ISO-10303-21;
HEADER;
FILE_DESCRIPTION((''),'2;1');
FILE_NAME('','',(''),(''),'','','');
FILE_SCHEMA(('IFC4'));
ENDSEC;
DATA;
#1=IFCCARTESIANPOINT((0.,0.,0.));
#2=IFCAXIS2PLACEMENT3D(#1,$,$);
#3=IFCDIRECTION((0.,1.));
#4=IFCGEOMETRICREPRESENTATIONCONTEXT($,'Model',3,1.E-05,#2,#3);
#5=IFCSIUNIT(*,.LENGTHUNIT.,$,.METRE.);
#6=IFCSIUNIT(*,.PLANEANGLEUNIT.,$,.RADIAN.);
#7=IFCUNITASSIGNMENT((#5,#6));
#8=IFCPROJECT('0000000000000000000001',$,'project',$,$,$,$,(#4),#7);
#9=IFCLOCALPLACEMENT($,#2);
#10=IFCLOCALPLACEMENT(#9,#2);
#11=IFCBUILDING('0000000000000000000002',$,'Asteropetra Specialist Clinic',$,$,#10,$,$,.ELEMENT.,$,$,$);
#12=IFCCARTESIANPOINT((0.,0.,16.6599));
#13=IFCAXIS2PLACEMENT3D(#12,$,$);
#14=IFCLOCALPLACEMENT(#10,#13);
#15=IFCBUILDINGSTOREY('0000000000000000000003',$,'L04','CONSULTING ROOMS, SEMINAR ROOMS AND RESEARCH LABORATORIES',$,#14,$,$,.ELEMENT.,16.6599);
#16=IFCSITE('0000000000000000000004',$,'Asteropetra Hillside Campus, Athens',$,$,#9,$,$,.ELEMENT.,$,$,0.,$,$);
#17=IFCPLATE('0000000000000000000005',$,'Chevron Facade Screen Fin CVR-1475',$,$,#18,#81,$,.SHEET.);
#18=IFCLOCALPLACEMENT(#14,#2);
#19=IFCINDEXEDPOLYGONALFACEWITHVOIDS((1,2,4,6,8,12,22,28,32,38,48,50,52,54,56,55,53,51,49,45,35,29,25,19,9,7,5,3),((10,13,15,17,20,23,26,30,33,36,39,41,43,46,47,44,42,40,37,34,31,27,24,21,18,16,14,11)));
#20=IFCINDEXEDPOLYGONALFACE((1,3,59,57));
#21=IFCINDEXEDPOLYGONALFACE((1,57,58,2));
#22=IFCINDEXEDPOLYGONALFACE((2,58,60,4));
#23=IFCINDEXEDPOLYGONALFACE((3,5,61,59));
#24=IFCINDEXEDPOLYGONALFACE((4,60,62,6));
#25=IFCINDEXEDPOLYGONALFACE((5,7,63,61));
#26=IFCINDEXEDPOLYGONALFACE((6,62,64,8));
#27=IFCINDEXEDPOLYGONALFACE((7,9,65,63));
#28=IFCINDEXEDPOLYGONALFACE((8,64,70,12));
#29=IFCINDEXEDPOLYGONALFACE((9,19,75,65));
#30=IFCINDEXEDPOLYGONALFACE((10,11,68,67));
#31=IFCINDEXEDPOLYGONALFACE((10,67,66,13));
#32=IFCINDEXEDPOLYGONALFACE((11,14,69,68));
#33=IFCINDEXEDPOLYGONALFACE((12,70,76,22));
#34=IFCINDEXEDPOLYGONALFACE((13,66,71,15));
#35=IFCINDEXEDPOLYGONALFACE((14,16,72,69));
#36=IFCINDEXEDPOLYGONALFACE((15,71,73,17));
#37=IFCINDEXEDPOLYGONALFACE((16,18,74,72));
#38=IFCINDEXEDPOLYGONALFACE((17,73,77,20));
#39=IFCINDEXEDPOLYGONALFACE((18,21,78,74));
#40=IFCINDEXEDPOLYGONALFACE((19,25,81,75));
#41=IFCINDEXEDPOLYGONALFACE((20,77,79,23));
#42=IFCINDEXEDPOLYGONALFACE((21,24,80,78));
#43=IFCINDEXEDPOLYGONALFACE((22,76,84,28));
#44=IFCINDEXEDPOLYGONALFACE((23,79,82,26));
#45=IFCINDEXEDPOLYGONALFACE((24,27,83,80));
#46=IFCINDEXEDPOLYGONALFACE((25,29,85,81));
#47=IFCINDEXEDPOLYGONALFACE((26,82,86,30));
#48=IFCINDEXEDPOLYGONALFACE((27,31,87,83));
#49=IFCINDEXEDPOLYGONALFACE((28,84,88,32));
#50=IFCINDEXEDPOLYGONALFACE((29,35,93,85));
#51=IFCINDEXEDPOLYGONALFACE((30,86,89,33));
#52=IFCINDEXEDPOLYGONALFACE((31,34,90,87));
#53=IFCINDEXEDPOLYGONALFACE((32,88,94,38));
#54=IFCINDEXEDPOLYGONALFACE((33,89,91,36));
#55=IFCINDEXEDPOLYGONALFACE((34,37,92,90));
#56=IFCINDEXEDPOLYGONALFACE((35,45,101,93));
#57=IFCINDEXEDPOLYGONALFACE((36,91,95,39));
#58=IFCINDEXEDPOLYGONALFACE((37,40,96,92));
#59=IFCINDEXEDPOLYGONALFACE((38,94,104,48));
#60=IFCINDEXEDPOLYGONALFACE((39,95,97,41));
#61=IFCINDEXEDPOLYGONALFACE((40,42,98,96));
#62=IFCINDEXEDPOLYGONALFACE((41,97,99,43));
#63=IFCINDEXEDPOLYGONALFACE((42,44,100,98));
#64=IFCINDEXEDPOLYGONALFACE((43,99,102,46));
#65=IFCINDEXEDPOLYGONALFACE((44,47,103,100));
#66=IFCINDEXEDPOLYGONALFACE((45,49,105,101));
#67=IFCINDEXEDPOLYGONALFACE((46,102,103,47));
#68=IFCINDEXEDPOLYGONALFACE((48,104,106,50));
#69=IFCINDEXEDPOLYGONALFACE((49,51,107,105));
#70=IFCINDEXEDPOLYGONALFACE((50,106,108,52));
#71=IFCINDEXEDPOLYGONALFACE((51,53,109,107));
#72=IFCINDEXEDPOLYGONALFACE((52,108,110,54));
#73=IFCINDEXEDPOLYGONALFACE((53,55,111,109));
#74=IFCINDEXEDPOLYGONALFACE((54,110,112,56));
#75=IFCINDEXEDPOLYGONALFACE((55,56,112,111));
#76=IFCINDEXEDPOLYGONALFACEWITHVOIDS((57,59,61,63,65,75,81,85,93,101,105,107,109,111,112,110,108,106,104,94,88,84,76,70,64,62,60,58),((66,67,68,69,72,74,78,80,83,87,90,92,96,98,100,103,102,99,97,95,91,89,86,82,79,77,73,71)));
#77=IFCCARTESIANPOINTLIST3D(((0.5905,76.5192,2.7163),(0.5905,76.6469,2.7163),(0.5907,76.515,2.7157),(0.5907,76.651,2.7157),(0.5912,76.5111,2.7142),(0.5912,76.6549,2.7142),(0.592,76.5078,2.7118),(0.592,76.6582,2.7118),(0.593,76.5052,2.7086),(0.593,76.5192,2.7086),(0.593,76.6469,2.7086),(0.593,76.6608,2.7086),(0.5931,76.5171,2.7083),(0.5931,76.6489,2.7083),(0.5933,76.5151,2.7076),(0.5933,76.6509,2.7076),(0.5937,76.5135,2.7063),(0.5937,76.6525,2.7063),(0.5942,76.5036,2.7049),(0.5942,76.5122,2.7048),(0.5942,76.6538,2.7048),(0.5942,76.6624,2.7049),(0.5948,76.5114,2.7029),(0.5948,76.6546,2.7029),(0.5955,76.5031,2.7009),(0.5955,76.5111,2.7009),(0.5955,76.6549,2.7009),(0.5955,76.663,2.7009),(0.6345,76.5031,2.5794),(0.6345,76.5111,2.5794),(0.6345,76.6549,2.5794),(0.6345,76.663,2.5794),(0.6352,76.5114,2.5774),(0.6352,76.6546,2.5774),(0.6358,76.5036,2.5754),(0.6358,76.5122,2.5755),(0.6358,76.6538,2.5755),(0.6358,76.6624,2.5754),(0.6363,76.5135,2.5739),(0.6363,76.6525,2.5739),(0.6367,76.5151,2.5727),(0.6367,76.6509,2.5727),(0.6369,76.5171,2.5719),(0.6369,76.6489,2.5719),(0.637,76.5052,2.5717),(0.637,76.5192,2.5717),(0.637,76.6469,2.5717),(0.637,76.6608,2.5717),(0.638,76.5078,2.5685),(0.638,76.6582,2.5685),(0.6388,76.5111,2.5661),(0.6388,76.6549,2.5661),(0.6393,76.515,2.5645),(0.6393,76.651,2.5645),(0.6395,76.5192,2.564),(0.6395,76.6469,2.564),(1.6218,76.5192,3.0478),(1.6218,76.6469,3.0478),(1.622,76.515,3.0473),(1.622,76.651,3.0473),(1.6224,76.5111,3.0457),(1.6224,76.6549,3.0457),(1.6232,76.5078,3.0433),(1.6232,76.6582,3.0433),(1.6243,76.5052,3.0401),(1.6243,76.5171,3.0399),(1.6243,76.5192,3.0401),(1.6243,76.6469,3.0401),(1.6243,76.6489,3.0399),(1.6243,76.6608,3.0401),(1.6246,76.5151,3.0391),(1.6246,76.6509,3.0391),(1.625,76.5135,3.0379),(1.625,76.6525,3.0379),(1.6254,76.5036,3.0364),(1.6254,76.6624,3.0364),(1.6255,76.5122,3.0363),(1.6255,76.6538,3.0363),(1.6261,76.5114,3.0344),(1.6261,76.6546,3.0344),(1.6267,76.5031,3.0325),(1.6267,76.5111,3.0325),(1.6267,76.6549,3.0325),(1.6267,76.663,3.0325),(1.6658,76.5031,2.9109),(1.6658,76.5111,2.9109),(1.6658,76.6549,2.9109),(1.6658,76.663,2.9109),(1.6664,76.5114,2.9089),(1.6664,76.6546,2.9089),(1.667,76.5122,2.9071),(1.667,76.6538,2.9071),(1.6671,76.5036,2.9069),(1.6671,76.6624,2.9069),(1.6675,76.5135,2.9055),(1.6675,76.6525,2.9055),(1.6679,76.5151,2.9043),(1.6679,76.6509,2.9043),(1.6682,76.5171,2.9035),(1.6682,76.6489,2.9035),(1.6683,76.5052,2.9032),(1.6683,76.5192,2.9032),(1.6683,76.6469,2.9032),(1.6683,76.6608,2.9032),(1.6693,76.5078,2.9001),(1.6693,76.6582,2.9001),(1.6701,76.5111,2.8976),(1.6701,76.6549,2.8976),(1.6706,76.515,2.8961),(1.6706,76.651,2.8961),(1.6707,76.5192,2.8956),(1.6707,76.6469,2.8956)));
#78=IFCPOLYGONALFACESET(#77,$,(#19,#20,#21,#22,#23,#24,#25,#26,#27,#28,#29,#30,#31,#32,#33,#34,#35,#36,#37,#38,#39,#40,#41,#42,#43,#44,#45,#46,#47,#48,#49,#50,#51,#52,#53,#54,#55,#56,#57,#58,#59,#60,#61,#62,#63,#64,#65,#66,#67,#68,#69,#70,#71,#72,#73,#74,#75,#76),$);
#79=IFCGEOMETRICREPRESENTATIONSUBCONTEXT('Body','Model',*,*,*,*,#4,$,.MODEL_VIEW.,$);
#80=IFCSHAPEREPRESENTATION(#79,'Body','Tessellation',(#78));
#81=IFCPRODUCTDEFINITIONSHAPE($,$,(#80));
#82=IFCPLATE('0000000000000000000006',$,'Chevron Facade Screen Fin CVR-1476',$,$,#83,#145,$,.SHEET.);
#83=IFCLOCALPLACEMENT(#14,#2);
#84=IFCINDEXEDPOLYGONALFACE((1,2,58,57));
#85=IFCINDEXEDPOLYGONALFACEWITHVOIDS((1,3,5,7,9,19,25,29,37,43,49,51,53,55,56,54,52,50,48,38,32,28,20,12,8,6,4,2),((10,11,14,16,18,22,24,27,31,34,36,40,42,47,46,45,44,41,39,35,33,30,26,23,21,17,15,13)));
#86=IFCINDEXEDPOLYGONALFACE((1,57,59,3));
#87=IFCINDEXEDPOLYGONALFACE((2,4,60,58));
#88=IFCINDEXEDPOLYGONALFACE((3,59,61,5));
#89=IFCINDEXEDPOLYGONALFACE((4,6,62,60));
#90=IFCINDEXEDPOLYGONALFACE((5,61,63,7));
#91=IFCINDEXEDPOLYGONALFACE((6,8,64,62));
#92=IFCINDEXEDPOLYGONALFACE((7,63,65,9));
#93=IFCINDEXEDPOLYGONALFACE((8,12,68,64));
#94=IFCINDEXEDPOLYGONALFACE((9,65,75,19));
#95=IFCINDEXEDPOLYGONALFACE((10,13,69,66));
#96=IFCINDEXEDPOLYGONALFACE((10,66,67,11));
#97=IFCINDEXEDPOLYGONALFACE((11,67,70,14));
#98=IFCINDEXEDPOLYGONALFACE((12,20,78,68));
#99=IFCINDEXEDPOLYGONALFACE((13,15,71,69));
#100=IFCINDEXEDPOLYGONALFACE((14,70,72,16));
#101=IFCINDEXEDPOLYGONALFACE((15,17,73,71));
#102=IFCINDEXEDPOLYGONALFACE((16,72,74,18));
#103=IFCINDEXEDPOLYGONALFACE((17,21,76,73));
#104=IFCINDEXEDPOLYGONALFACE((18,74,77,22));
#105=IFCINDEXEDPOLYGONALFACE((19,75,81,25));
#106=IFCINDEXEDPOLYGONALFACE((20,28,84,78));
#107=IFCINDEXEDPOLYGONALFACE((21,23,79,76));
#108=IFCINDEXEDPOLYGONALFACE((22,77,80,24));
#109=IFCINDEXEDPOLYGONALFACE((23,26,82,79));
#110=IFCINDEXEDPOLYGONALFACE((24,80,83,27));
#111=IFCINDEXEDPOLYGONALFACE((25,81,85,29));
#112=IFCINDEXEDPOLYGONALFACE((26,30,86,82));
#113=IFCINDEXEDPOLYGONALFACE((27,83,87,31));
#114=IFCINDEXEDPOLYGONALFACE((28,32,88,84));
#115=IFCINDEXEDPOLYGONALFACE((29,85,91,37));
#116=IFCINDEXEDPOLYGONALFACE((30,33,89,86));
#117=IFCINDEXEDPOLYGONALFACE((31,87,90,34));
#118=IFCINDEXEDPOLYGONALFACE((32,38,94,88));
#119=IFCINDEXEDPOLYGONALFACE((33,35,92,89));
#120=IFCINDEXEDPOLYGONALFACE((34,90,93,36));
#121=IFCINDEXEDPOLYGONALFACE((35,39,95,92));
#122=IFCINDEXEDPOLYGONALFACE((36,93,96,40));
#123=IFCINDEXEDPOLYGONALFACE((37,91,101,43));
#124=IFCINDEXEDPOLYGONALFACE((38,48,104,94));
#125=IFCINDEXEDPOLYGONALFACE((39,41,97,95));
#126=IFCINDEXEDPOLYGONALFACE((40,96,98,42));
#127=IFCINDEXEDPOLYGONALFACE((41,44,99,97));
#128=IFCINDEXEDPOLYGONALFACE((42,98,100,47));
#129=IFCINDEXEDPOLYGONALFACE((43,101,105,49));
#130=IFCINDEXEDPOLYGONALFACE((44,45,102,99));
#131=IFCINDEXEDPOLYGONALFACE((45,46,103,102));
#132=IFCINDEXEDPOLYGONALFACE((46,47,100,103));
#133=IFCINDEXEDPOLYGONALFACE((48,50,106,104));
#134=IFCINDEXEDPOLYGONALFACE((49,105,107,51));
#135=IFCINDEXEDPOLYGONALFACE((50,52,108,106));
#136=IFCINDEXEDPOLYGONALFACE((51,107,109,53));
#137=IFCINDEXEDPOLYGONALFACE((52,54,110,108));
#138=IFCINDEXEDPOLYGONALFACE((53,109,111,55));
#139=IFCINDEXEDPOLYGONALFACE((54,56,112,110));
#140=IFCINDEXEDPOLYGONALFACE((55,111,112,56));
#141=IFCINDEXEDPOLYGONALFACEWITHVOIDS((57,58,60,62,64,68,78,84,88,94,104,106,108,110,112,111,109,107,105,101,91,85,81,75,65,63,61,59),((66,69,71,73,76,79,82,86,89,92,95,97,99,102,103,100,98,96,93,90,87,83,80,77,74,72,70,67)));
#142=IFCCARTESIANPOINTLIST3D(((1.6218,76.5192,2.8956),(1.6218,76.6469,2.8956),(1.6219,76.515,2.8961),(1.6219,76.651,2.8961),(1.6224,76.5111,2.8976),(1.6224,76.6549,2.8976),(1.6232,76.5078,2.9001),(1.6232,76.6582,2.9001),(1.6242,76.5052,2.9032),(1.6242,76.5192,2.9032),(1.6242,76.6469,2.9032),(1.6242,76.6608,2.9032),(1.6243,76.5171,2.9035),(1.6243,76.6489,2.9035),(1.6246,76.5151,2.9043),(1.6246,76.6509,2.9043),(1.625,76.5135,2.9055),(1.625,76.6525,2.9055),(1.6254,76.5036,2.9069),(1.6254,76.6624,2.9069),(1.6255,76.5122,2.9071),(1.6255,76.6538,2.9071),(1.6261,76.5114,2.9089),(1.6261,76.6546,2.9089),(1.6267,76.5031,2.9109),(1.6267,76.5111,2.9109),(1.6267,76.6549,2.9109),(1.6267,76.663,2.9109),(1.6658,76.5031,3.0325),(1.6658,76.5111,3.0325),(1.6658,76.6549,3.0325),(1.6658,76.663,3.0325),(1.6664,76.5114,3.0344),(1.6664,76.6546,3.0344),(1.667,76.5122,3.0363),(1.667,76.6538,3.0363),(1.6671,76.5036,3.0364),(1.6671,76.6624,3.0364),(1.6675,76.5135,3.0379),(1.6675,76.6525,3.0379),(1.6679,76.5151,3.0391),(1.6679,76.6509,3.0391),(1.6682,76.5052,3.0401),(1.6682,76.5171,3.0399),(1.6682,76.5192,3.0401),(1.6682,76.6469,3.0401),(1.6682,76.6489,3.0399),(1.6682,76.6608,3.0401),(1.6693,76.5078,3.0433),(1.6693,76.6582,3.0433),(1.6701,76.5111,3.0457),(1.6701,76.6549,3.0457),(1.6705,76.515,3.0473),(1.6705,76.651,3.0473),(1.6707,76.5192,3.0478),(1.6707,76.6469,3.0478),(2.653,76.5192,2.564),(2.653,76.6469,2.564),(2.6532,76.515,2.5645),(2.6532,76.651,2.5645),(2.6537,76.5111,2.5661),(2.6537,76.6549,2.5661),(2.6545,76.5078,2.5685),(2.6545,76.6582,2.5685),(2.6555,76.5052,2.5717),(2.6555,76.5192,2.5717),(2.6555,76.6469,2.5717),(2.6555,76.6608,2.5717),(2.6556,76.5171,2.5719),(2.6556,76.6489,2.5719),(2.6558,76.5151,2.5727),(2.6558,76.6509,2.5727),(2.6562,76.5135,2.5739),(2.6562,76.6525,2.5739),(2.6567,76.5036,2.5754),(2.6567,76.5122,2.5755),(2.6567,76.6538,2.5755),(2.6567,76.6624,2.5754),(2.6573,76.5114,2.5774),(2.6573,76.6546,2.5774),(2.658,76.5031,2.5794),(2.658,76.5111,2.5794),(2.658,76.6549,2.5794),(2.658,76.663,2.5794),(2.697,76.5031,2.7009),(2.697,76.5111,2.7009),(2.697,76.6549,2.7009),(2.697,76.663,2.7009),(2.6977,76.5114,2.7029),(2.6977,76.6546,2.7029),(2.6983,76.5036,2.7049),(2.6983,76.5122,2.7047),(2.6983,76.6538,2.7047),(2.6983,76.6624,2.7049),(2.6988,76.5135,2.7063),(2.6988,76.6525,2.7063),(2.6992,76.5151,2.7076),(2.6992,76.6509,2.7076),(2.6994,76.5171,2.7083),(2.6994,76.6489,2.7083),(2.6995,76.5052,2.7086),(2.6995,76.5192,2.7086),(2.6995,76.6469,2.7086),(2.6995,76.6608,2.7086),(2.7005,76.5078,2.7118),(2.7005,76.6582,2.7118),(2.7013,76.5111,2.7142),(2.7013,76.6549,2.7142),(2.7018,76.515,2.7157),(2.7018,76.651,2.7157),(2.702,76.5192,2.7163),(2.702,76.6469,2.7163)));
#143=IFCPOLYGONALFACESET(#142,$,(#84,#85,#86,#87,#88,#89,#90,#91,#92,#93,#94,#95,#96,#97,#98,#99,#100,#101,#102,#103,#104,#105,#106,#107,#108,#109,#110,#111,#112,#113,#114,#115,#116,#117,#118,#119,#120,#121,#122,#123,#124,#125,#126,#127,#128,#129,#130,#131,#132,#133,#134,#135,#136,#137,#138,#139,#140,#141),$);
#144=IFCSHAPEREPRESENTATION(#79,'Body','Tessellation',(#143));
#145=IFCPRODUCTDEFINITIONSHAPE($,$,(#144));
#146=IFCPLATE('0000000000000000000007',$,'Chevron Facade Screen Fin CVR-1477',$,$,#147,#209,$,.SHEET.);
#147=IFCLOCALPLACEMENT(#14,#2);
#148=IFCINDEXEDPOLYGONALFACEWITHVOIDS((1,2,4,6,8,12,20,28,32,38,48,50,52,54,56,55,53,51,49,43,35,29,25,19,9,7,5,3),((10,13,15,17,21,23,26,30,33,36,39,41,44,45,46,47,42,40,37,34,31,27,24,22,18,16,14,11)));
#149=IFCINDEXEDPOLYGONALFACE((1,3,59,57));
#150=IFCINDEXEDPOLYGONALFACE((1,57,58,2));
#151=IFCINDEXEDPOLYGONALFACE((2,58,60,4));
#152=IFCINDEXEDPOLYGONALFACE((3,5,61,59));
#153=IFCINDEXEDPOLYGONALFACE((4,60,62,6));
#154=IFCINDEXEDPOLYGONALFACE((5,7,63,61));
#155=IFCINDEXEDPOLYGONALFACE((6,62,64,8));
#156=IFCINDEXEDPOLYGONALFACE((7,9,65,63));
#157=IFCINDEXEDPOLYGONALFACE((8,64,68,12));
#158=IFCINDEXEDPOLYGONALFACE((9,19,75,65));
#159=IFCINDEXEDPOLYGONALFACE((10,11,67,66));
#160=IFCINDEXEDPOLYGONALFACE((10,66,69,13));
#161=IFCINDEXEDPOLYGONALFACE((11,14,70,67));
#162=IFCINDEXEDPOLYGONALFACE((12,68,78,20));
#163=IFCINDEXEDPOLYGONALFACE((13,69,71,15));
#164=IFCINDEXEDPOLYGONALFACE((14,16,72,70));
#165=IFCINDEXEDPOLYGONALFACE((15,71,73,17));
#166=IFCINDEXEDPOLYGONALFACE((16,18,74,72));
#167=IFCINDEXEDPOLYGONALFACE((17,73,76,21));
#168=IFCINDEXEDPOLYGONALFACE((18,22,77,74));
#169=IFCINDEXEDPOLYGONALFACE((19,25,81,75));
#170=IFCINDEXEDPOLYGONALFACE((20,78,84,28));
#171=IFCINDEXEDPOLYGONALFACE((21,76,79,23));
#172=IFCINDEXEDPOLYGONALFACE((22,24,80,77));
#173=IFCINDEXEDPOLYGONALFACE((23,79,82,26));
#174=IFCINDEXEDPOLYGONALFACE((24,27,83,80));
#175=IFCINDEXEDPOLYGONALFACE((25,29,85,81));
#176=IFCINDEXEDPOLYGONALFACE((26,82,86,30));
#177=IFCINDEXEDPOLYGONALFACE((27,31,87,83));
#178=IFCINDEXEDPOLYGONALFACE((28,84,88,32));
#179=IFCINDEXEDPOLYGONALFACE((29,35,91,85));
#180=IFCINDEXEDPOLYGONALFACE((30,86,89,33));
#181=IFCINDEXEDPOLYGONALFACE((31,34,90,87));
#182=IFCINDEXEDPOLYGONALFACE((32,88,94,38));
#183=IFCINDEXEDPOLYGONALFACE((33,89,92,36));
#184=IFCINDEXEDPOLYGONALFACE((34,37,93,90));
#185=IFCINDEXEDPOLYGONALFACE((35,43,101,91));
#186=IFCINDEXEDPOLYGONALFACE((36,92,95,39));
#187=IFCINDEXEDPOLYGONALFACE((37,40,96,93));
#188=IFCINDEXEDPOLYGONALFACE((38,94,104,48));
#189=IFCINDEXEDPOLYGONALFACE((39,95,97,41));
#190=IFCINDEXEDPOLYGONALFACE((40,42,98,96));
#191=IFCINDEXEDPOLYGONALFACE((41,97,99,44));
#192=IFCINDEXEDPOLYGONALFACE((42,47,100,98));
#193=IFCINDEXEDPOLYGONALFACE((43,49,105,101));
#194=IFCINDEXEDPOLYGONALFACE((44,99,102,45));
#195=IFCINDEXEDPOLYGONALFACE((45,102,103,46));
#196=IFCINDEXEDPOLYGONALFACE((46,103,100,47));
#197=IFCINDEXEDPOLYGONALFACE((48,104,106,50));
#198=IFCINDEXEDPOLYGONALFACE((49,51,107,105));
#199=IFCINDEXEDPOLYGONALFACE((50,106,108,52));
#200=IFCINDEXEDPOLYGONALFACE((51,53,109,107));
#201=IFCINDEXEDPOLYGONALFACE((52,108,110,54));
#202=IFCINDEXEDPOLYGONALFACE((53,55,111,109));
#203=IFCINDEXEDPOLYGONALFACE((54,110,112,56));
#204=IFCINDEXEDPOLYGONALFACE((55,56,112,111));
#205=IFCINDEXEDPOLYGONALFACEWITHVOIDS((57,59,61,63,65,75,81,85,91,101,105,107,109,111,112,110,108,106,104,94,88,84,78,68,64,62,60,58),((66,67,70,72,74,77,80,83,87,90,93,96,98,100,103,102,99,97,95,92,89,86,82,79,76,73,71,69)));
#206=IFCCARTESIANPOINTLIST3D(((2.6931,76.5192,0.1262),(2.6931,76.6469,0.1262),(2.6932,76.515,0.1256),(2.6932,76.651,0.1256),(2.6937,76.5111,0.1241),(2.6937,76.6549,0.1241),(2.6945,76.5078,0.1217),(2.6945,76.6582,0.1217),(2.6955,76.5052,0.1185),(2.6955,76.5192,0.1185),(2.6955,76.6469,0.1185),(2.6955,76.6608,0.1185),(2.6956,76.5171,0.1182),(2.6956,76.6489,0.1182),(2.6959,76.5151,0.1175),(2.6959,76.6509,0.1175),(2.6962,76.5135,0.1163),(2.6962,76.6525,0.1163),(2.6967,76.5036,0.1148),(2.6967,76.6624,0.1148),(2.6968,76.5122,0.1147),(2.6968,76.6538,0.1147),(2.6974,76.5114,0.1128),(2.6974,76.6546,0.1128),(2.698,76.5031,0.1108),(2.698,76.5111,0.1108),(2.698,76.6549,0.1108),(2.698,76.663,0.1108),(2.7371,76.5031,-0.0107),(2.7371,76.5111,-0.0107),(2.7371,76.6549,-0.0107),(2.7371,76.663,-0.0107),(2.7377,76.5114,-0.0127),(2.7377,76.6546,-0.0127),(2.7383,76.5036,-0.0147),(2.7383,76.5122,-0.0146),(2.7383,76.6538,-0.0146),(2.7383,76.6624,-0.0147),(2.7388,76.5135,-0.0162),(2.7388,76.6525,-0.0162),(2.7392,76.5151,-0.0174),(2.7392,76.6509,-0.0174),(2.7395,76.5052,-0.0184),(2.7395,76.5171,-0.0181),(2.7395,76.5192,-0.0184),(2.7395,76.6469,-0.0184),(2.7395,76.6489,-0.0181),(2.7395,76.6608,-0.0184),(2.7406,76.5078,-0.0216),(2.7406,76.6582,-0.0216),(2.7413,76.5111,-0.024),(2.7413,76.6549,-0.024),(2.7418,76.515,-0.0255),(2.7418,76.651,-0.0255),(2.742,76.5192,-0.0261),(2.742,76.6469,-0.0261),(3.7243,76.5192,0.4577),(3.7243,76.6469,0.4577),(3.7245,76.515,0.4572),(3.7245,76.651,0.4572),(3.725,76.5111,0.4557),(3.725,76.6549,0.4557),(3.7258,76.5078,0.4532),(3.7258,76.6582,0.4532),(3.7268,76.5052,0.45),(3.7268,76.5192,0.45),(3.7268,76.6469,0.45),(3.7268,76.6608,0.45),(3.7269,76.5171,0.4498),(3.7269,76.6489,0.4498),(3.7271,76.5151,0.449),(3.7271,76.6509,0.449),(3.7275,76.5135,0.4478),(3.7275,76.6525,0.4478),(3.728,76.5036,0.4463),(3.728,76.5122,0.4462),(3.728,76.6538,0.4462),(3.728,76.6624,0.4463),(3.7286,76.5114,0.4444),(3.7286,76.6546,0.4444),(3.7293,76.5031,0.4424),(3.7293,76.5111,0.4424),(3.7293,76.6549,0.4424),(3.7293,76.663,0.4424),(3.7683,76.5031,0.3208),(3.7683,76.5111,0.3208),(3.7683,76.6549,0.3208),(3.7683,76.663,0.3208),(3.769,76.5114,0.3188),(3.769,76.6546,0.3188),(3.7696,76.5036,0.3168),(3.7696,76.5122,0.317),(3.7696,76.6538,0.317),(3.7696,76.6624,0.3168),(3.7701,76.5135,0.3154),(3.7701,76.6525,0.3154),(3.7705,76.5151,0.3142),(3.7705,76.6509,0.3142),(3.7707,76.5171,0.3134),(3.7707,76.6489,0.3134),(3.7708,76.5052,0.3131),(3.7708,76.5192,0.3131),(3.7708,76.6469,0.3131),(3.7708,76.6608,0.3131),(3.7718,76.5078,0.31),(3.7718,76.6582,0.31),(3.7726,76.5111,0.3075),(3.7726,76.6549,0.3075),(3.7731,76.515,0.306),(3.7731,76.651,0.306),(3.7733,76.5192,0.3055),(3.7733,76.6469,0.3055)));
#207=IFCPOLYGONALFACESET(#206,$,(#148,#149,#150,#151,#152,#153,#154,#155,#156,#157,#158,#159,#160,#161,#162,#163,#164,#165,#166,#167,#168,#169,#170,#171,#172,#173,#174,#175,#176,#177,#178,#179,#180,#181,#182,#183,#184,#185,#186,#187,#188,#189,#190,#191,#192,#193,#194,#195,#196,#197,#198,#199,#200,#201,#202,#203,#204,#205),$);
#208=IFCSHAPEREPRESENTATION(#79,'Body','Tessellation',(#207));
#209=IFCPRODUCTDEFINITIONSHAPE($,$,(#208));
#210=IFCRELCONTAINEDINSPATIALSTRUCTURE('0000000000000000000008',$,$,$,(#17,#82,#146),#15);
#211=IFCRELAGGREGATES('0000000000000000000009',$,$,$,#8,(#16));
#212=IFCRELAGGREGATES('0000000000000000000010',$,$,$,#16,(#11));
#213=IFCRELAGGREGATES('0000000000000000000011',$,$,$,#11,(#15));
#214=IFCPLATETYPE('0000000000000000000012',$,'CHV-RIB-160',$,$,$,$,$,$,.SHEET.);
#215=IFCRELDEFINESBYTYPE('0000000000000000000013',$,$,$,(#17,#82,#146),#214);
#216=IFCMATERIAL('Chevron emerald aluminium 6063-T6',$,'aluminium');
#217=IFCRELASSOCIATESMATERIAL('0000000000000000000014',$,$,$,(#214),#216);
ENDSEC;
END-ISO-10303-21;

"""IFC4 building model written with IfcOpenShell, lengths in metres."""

from ifc_helpers import new_model, si_unit, direction, frame, origin, origin_2d, place, context, subcontext, project, spatial, hollow_rectangle, extrude, material, material_profile, profile_set, type_object, element, save


model = new_model("IFC4")

# Units and contexts
model_context = context("Model", 3, precision=1e-05, world=origin(), true_north=direction((0.0, 1.0)))
body_context = subcontext(model_context, "Body", "Model", "MODEL_VIEW")
ifc_project = project(units=[si_unit("LENGTHUNIT", "METRE"), si_unit("PLANEANGLEUNIT", "RADIAN")], contexts=[model_context])

# Site, building, storey
site_placement = place(None, origin())
site = spatial("IfcSite", under=ifc_project, at=site_placement, Name="Asteropetra Hillside Campus, Athens", CompositionType="ELEMENT", RefElevation=0.0)
building_placement = place(site_placement, origin())
building = spatial("IfcBuilding", under=site, at=building_placement, Name="Asteropetra Specialist Clinic", CompositionType="ELEMENT")
storey_placement = place(building_placement, frame((0.0, 0.0, 16.6599)))
storey = spatial("IfcBuildingStorey", under=building, at=storey_placement, Name="L04", Description="CONSULTING ROOMS, SEMINAR ROOMS AND RESEARCH LABORATORIES", CompositionType="ELEMENT", Elevation=16.6599)

# Plates
ifc_material_1 = material(Name="Chevron emerald aluminium 6063-T6", Category="aluminium")
ifc_material_profile_1 = material_profile(ifc_material_1, hollow_rectangle(XDim=0.1599, YDim=0.1599, WallThickness=0.0081, InnerFilletRadius=0.0081, OuterFilletRadius=0.0161, at=origin_2d()), Name="SHS 160x160x8.0")
ifc_profile_set_1 = profile_set([ifc_material_profile_1], Name="Chevron emerald aluminium 6063-T6")
plate_type_1 = type_object("IfcPlateType", Name="CHV-RIB-160", PredefinedType="SHEET", material=ifc_profile_set_1)
for number, where, z_axis, x_axis, name in (
    (1, (0.615, 76.583, 2.6401), (0.95201, 0.0, 0.306068), (0.0, 1.0, 0.0), "Chevron Facade Screen Fin CVR-1475"),
    (2, (1.6462, 76.583, 2.9717), (0.95201, 0.0, -0.306068), (0.0, 1.0, 0.0), "Chevron Facade Screen Fin CVR-1476"),
    (3, (2.7175, 76.583, 0.05), (0.95201, 0.0, 0.306068), (0.0, 1.0, 0.0), "Chevron Facade Screen Fin CVR-1477"),
):
    element("IfcPlate", number, at=place(storey_placement, frame(where, z_axis=z_axis, x_axis=x_axis)), inside=storey, type_object=plate_type_1, Name=name, PredefinedType="SHEET", context=body_context, shape_type="SweptSolid", body=[
        extrude(hollow_rectangle(XDim=0.1599, YDim=0.1599, WallThickness=0.0081, InnerFilletRadius=0.0081, OuterFilletRadius=0.0161, at=origin_2d()), origin(), (0.0, 0.0, 1.0), 1.0833),
    ])

save(model, "model.ifc")
